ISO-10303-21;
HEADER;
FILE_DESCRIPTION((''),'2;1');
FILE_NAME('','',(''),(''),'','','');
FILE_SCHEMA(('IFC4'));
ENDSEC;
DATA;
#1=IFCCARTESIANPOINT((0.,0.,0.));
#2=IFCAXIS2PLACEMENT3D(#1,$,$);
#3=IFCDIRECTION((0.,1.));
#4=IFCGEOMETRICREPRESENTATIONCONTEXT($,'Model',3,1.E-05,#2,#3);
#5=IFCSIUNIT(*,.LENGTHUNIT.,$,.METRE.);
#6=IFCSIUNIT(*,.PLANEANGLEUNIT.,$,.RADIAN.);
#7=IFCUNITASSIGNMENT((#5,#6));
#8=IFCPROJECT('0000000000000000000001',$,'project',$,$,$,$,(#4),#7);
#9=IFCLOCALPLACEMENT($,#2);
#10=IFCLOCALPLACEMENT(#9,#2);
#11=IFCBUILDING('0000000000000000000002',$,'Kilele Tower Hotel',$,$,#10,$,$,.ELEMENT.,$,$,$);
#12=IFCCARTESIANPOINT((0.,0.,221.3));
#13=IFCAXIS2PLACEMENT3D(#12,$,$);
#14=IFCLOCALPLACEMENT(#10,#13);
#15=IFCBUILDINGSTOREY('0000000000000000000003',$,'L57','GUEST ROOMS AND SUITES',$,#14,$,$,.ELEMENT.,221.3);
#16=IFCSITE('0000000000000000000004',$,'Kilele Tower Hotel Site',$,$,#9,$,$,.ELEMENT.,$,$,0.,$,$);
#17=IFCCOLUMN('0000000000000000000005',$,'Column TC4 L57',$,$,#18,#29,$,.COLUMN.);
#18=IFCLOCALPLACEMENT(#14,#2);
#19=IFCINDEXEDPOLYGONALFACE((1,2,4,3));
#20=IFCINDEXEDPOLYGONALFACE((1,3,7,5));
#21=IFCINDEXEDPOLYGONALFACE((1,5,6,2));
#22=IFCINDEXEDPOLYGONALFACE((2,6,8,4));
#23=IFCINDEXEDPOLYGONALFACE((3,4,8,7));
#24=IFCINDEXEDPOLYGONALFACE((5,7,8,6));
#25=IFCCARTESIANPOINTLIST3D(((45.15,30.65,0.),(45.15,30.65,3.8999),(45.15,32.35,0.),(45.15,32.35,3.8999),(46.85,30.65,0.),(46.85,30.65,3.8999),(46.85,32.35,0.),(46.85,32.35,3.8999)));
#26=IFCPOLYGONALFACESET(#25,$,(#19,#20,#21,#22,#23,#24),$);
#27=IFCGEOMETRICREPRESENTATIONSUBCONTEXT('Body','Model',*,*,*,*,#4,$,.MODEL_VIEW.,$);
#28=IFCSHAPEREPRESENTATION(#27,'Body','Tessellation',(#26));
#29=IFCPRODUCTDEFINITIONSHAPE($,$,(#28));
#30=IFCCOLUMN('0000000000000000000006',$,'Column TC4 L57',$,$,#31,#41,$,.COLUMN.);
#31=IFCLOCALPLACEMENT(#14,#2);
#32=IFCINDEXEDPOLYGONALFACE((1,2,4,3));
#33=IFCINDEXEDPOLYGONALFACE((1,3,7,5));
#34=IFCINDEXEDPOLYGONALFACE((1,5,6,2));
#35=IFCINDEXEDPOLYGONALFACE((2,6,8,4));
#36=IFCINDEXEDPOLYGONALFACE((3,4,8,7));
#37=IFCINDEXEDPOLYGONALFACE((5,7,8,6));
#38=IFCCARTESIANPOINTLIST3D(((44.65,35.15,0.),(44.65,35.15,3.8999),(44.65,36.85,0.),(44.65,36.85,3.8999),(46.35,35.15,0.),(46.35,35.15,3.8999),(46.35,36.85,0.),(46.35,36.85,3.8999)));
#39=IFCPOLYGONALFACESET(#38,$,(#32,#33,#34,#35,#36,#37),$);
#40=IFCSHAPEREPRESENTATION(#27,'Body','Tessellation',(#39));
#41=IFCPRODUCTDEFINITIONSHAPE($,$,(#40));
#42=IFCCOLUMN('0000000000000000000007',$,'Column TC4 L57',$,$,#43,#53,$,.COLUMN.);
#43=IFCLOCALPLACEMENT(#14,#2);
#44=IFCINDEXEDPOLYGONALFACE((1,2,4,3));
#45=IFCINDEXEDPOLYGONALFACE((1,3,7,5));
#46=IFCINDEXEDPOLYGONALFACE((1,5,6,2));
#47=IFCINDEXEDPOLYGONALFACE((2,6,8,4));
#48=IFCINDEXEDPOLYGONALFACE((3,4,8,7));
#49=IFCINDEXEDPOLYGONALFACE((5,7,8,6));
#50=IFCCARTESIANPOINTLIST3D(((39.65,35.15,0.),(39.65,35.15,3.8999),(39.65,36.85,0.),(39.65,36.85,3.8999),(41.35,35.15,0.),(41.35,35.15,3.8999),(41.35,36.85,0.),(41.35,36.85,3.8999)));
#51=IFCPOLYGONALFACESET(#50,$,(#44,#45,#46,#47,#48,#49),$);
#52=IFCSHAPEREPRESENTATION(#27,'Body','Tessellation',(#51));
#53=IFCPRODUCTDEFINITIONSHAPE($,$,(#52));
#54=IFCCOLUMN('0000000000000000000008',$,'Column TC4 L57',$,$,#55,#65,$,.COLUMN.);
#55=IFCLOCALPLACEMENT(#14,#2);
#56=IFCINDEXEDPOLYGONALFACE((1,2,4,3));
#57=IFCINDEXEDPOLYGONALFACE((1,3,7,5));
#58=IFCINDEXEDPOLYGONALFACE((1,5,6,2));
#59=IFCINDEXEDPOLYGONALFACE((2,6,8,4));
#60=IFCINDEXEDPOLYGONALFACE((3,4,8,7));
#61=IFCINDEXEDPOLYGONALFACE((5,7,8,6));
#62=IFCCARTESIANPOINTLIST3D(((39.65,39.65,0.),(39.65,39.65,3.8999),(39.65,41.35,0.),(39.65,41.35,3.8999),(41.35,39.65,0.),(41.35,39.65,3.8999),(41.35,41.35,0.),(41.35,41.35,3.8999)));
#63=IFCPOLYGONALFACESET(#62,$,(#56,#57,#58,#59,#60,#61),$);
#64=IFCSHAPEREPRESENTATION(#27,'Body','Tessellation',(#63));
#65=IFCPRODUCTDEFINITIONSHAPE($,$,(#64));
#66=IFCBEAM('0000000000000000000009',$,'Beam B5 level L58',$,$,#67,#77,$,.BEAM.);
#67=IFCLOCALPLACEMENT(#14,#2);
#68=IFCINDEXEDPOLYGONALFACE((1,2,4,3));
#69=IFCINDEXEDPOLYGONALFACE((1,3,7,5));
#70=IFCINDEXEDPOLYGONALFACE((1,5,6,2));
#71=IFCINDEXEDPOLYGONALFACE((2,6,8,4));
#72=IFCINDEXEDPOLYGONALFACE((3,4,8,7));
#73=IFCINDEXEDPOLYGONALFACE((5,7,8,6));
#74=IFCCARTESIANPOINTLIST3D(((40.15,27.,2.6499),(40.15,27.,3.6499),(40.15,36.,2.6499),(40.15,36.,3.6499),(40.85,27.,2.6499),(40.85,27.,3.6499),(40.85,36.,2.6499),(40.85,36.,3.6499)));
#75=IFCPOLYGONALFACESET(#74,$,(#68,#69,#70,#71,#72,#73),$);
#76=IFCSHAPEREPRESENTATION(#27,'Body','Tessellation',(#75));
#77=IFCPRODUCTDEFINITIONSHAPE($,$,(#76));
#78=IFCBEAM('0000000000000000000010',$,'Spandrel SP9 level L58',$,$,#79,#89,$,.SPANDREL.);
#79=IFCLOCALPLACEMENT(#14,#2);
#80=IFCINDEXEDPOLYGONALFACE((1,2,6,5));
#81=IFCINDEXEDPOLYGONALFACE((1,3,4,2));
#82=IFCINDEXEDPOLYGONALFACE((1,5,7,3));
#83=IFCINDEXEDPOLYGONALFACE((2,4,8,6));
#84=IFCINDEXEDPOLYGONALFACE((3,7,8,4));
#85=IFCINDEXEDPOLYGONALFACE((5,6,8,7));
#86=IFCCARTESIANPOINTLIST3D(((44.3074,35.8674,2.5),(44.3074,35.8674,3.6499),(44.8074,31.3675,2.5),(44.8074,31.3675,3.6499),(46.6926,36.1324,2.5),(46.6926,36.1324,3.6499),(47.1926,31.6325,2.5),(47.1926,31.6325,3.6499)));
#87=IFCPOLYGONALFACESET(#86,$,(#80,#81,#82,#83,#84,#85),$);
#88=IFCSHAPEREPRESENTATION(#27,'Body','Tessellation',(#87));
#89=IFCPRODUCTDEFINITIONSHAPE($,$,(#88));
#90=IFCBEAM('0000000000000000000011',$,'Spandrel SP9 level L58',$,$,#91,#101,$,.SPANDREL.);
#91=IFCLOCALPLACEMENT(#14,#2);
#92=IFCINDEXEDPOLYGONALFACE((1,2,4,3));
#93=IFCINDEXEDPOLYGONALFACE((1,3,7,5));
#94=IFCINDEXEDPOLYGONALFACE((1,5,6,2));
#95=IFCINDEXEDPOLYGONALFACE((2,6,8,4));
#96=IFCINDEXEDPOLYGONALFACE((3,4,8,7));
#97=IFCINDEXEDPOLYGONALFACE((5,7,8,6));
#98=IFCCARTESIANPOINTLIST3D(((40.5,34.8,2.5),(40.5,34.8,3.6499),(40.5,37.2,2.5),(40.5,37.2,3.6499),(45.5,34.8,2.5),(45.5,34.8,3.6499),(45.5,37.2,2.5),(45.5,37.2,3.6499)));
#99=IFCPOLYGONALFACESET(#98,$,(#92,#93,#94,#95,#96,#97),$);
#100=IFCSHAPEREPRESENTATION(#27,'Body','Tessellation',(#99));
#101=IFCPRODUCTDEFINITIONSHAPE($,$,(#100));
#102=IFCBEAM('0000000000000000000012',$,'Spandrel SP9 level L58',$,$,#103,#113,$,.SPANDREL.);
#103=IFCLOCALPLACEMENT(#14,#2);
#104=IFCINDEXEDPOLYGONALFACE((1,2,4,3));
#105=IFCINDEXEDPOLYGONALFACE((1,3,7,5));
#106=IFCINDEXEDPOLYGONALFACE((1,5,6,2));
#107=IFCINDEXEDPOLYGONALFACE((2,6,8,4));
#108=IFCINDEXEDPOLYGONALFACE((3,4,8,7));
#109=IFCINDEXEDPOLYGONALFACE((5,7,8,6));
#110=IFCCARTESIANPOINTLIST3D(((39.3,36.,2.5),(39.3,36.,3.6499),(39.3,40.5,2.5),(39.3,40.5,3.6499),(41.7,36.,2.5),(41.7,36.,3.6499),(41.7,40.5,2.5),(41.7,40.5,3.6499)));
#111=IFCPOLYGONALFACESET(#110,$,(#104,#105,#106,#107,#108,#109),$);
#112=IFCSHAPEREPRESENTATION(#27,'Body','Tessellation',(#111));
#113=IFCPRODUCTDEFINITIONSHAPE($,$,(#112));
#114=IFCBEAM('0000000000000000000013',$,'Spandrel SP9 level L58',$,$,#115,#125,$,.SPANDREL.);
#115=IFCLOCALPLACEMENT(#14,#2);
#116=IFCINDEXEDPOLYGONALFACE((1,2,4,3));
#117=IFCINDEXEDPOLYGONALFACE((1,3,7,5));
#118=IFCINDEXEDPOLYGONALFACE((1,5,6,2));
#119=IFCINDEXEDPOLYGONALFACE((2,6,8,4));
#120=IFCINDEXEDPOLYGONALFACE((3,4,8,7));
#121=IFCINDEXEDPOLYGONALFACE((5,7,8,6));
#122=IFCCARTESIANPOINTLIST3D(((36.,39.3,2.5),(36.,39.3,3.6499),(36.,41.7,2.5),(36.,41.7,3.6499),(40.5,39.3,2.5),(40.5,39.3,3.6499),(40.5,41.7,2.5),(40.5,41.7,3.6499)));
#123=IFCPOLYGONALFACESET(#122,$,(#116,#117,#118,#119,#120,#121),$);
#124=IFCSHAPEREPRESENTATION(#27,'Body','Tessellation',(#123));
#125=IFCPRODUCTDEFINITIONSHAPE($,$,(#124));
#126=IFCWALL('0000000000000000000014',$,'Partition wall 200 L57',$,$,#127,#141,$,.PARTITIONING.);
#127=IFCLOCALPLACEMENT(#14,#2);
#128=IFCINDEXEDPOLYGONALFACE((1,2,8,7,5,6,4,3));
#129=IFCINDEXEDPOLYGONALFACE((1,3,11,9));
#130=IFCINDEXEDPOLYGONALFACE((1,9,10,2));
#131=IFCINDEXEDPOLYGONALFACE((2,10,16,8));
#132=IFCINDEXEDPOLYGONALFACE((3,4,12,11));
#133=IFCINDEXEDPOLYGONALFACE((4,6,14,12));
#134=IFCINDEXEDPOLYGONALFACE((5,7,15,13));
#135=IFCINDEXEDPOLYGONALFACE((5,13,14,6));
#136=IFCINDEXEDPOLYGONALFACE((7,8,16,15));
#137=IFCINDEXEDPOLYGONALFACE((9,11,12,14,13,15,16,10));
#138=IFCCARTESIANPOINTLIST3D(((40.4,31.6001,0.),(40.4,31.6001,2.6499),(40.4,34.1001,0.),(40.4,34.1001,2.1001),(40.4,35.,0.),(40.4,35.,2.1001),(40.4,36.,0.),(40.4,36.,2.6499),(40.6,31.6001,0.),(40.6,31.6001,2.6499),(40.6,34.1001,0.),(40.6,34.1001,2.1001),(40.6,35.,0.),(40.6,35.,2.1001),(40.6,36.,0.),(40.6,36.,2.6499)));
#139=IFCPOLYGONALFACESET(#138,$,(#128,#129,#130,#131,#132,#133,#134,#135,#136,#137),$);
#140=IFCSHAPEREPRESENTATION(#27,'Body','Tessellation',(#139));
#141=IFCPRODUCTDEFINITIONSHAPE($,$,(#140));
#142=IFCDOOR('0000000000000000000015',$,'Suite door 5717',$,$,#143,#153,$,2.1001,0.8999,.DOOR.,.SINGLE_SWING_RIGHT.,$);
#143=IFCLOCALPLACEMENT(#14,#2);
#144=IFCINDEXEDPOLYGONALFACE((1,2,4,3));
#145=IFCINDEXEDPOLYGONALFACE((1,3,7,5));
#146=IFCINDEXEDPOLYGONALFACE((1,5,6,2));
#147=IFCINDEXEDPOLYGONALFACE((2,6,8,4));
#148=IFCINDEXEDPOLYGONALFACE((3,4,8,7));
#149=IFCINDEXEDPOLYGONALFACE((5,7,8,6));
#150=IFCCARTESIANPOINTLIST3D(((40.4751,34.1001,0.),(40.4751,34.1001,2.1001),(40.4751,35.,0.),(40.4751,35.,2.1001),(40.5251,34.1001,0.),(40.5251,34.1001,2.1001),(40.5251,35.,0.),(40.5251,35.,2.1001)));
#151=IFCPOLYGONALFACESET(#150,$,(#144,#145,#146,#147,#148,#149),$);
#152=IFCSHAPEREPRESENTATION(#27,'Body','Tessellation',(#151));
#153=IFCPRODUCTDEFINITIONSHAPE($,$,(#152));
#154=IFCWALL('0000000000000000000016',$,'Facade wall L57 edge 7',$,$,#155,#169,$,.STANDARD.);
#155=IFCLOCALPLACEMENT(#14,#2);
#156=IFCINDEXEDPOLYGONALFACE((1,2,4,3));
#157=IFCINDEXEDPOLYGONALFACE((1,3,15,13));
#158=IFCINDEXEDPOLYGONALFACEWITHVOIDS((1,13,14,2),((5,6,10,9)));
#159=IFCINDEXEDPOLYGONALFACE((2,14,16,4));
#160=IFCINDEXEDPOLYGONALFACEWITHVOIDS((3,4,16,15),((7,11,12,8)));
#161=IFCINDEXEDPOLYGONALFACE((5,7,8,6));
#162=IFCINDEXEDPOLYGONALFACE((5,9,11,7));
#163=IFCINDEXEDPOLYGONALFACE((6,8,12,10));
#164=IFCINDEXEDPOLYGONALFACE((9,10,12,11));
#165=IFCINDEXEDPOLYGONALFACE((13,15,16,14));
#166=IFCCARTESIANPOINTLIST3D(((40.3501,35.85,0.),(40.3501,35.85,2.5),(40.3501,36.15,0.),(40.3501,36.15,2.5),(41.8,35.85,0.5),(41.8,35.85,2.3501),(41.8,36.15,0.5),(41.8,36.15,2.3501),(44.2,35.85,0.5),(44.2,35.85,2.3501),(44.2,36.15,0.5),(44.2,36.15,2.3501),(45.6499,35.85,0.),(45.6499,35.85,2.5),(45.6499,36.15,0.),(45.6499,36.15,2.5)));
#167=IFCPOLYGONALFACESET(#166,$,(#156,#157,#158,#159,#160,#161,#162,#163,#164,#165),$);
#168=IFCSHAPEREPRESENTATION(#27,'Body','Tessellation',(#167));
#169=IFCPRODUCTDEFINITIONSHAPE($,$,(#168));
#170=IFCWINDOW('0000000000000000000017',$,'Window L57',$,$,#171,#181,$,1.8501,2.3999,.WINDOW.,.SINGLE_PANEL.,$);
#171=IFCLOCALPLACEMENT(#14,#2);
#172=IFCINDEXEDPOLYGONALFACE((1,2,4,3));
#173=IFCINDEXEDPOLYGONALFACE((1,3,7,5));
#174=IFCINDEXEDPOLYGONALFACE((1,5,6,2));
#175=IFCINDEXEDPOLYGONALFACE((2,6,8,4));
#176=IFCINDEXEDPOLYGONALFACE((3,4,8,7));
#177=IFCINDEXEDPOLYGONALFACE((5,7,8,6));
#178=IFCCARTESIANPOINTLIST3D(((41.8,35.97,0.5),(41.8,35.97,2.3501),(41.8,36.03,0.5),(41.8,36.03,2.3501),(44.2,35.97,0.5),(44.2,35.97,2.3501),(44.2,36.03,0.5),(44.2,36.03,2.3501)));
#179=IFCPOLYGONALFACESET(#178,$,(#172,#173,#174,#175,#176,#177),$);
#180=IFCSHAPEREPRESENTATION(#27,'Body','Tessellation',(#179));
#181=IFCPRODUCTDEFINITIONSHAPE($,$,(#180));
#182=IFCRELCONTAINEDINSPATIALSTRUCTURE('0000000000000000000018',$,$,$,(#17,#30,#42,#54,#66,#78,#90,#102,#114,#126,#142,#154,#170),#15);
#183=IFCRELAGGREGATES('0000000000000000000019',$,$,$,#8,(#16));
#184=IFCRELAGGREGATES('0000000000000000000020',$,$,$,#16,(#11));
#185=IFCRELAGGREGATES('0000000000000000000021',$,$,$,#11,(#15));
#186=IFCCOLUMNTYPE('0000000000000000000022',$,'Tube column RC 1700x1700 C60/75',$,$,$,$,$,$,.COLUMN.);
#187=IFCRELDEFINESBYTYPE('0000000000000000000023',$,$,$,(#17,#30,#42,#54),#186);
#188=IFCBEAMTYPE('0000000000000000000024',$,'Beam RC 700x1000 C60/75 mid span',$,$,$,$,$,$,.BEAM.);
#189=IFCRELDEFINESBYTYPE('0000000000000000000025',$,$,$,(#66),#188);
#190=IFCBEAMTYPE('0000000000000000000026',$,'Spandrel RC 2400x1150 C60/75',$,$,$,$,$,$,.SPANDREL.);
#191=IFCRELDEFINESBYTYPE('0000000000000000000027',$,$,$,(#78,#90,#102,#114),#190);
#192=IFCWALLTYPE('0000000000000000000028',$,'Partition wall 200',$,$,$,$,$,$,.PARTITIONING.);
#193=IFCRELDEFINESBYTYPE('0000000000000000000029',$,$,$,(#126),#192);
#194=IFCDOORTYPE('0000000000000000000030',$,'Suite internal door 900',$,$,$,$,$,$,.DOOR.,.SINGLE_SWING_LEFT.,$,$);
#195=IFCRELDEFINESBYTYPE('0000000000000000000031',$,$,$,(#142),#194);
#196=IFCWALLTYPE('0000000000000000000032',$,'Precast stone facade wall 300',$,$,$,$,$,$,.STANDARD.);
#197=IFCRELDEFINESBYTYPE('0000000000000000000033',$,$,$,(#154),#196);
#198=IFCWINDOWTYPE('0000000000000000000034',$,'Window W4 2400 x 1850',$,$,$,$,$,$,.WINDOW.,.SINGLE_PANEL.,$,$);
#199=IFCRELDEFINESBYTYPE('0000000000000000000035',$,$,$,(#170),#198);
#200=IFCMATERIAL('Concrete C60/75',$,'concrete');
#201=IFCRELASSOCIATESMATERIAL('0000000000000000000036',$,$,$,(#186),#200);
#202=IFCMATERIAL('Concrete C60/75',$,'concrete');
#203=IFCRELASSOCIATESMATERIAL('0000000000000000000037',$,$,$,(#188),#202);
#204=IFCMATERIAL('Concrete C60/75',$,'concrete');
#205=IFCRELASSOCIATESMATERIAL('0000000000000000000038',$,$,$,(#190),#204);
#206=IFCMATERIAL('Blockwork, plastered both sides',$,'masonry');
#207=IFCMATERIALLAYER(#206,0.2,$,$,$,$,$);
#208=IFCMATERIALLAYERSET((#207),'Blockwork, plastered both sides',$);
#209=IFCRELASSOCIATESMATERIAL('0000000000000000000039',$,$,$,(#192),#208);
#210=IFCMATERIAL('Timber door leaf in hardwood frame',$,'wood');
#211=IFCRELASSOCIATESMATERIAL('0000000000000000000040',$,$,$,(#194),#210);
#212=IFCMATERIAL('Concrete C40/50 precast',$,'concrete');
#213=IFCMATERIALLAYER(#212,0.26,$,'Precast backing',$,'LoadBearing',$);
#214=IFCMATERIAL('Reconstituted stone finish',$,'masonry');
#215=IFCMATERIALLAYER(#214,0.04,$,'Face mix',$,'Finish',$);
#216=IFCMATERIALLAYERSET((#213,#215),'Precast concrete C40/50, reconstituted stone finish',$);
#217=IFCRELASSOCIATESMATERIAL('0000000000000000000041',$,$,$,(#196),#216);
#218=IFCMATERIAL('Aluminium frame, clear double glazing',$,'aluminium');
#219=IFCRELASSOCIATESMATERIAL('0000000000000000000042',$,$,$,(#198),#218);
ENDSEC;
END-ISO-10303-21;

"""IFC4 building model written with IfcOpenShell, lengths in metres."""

from ifc_helpers import new_model, si_unit, direction, frame, frame_2d, origin, origin_2d, place, context, subcontext, project, spatial, rectangle, extrude, material, layer, layer_set, material_profile, profile_set, type_object, element, fill, save


model = new_model("IFC4")

# Units and contexts
model_context = context("Model", 3, precision=1e-05, world=origin(), true_north=direction((0.0, 1.0)))
body_context = subcontext(model_context, "Body", "Model", "MODEL_VIEW")
ifc_project = project(units=[si_unit("LENGTHUNIT", "METRE"), si_unit("PLANEANGLEUNIT", "RADIAN")], contexts=[model_context])

# Site, building, storey
site_placement = place(None, origin())
site = spatial("IfcSite", under=ifc_project, at=site_placement, Name="Kilele Tower Hotel Site", CompositionType="ELEMENT", RefElevation=0.0)
building_placement = place(site_placement, origin())
building = spatial("IfcBuilding", under=site, at=building_placement, Name="Kilele Tower Hotel", CompositionType="ELEMENT")
storey_placement = place(building_placement, frame((0.0, 0.0, 221.3)))
storey = spatial("IfcBuildingStorey", under=building, at=storey_placement, Name="L57", Description="GUEST ROOMS AND SUITES", CompositionType="ELEMENT", Elevation=221.3)

# Columns
ifc_material_1 = material(Name="Concrete C60/75", Category="concrete")
ifc_material_profile_1 = material_profile(ifc_material_1, rectangle(XDim=1.7, YDim=1.7, at=origin_2d()))
ifc_profile_set_1 = profile_set([ifc_material_profile_1], Name="Concrete C60/75")
column_type = type_object("IfcColumnType", Name="Tube column RC 1700x1700 C60/75", PredefinedType="COLUMN", material=ifc_profile_set_1)
for number, where, z_axis, x_axis, name in (
    (1, (46.0, 31.5, 0.0), (0.0, 0.0, 1.0), (1.0, 0.0, 0.0), "Column TC4 L57"),
    (2, (45.5, 36.0, 0.0), (0.0, 0.0, 1.0), (1.0, 0.0, 0.0), "Column TC4 L57"),
    (3, (40.5, 36.0, 0.0), (0.0, 0.0, 1.0), (1.0, 0.0, 0.0), "Column TC4 L57"),
    (4, (40.5, 40.5, 0.0), (0.0, 0.0, 1.0), (1.0, 0.0, 0.0), "Column TC4 L57"),
):
    element("IfcColumn", number, at=place(storey_placement, frame(where, z_axis=z_axis, x_axis=x_axis)), inside=storey, type_object=column_type, Name=name, PredefinedType="COLUMN", context=body_context, shape_type="SweptSolid", body=[
        extrude(rectangle(XDim=1.7, YDim=1.7, at=origin_2d()), origin(), (0.0, 0.0, 1.0), 3.8999),
    ])

# Beams
ifc_material_2 = material(Name="Concrete C60/75", Category="concrete")
ifc_material_profile_2 = material_profile(ifc_material_2, rectangle(XDim=0.7, YDim=1.0, at=origin_2d()))
ifc_profile_set_2 = profile_set([ifc_material_profile_2], Name="Concrete C60/75")
beam_type_1 = type_object("IfcBeamType", Name="Beam RC 700x1000 C60/75 mid span", PredefinedType="BEAM", material=ifc_profile_set_2)
beam_1_placement = place(storey_placement, frame((40.5, 36.0, 3.1499), z_axis=(0.0, -1.0, 0.0), x_axis=(1.0, 0.0, 0.0)))
element("IfcBeam", 5, at=beam_1_placement, inside=storey, type_object=beam_type_1, Name="Beam B5 level L58", PredefinedType="BEAM", context=body_context, shape_type="SweptSolid", body=[
    extrude(rectangle(XDim=0.7, YDim=1.0, at=origin_2d()), origin(), (0.0, 0.0, 1.0), 9.0),
])
ifc_material_3 = material(Name="Concrete C60/75", Category="concrete")
ifc_material_profile_3 = material_profile(ifc_material_3, rectangle(XDim=2.3999, YDim=1.1499, at=origin_2d()))
ifc_profile_set_3 = profile_set([ifc_material_profile_3], Name="Concrete C60/75")
beam_type_2 = type_object("IfcBeamType", Name="Spandrel RC 2400x1150 C60/75", PredefinedType="SPANDREL", material=ifc_profile_set_3)
beam_2_placement = place(storey_placement, frame((46.0, 31.5, 3.075), z_axis=(-0.110432, 0.993884, 0.0), x_axis=(-0.993884, -0.110432, 0.0)))
element("IfcBeam", 6, at=beam_2_placement, inside=storey, type_object=beam_type_2, Name="Spandrel SP9 level L58", PredefinedType="SPANDREL", context=body_context, shape_type="SweptSolid", body=[
    extrude(rectangle(XDim=2.3999, YDim=1.1499, at=origin_2d()), origin(), (0.0, 0.0, 1.0), 4.5276),
])
beam_3_placement = place(storey_placement, frame((45.5, 36.0, 3.075), z_axis=(-1.0, 0.0, 0.0), x_axis=(0.0, -1.0, 0.0)))
element("IfcBeam", 7, at=beam_3_placement, inside=storey, type_object=beam_type_2, Name="Spandrel SP9 level L58", PredefinedType="SPANDREL", context=body_context, shape_type="SweptSolid", body=[
    extrude(rectangle(XDim=2.3999, YDim=1.1499, at=origin_2d()), origin(), (0.0, 0.0, 1.0), 5.0),
])
for number, where, z_axis, x_axis, name in (
    (8, (40.5, 36.0, 3.075), (0.0, 1.0, 0.0), (-1.0, 0.0, 0.0), "Spandrel SP9 level L58"),
    (9, (40.5, 40.5, 3.075), (-1.0, 0.0, 0.0), (0.0, -1.0, 0.0), "Spandrel SP9 level L58"),
):
    element("IfcBeam", number, at=place(storey_placement, frame(where, z_axis=z_axis, x_axis=x_axis)), inside=storey, type_object=beam_type_2, Name=name, PredefinedType="SPANDREL", context=body_context, shape_type="SweptSolid", body=[
        extrude(rectangle(XDim=2.3999, YDim=1.1499, at=origin_2d()), origin(), (0.0, 0.0, 1.0), 4.5),
    ])

# Wall, opening, door
ifc_material_4 = material(Name="Blockwork, plastered both sides", Category="masonry")
ifc_layer_1 = layer(ifc_material_4, 0.2)
ifc_layer_set_1 = layer_set([ifc_layer_1], Name="Blockwork, plastered both sides")
wall_type_1 = type_object("IfcWallType", Name="Partition wall 200", PredefinedType="PARTITIONING", material=ifc_layer_set_1)
wall_1_placement = place(storey_placement, frame((40.5, 31.6001, 0.0), z_axis=(0.0, 0.0, 1.0), x_axis=(0.0, 1.0, 0.0)))
wall_1 = element("IfcWall", 10, at=wall_1_placement, inside=storey, type_object=wall_type_1, Name="Partition wall 200 L57", PredefinedType="PARTITIONING", context=body_context, shape_type="SweptSolid", body=[
    extrude(rectangle(XDim=4.3999, YDim=0.2, at=frame_2d((2.2, 0.0))), origin(), (0.0, 0.0, 1.0), 2.6499),
])
opening_1_placement = place(wall_1_placement, frame((2.5, 0.0, 0.0)))
opening_1 = element("IfcOpeningElement", 11, at=opening_1_placement, cuts=wall_1, PredefinedType="OPENING", context=body_context, shape_type="SweptSolid", body=[
    extrude(rectangle(XDim=0.8999, YDim=2.1001, at=frame_2d((0.45, 1.05))), frame((0.0, 0.1099, 0.0), z_axis=(0.0, -1.0, 0.0), x_axis=(1.0, 0.0, 0.0)), (0.0, 0.0, 1.0), 0.22),
])
ifc_material_5 = material(Name="Timber door leaf in hardwood frame", Category="wood")
door_type = type_object("IfcDoorType", Name="Suite internal door 900", OperationType="SINGLE_SWING_LEFT", PredefinedType="DOOR", material=ifc_material_5)
door_placement = place(opening_1_placement, origin())
door = element("IfcDoor", 12, at=door_placement, inside=storey, type_object=door_type, Name="Suite door 5717", OperationType="SINGLE_SWING_RIGHT", OverallHeight=2.1001, OverallWidth=0.8999, PredefinedType="DOOR", context=body_context, shape_type="SweptSolid", body=[
    extrude(rectangle(XDim=0.8999, YDim=2.1001, at=frame_2d((0.45, 1.05))), frame((0.0, 0.0249, 0.0), z_axis=(0.0, -1.0, 0.0), x_axis=(1.0, 0.0, 0.0)), (0.0, 0.0, 1.0), 0.05),
])
fill(opening_1, door)

# Wall, opening, window
ifc_material_6 = material(Name="Concrete C40/50 precast", Category="concrete")
ifc_layer_2 = layer(ifc_material_6, 0.26, Name="Precast backing", Category="LoadBearing")
ifc_material_7 = material(Name="Reconstituted stone finish", Category="masonry")
ifc_layer_3 = layer(ifc_material_7, 0.04, Name="Face mix", Category="Finish")
ifc_layer_set_2 = layer_set([ifc_layer_2, ifc_layer_3], Name="Precast concrete C40/50, reconstituted stone finish")
wall_type_2 = type_object("IfcWallType", Name="Precast stone facade wall 300", PredefinedType="STANDARD", material=ifc_layer_set_2)
wall_2_placement = place(storey_placement, frame((45.6499, 36.0, 0.0), z_axis=(0.0, 0.0, 1.0), x_axis=(-1.0, 0.0, 0.0)))
wall_2 = element("IfcWall", 13, at=wall_2_placement, inside=storey, type_object=wall_type_2, Name="Facade wall L57 edge 7", PredefinedType="STANDARD", context=body_context, shape_type="SweptSolid", body=[
    extrude(rectangle(XDim=5.2998, YDim=0.3, at=frame_2d((2.6499, 0.0))), origin(), (0.0, 0.0, 1.0), 2.5),
])
opening_2_placement = place(wall_2_placement, frame((1.45, 0.0, 0.5)))
opening_2 = element("IfcOpeningElement", 14, at=opening_2_placement, cuts=wall_2, PredefinedType="OPENING", context=body_context, shape_type="SweptSolid", body=[
    extrude(rectangle(XDim=2.3999, YDim=1.8501, at=frame_2d((1.2, 0.925))), frame((0.0, 0.1599, 0.0), z_axis=(0.0, -1.0, 0.0), x_axis=(1.0, 0.0, 0.0)), (0.0, 0.0, 1.0), 0.3201),
])
ifc_material_8 = material(Name="Aluminium frame, clear double glazing", Category="aluminium")
window_type = type_object("IfcWindowType", Name="Window W4 2400 x 1850", PartitioningType="SINGLE_PANEL", PredefinedType="WINDOW", material=ifc_material_8)
window_1_placement = place(opening_2_placement, origin())
window_1 = element("IfcWindow", 15, at=window_1_placement, inside=storey, type_object=window_type, Name="Window L57", OverallHeight=1.8501, OverallWidth=2.3999, PartitioningType="SINGLE_PANEL", PredefinedType="WINDOW", context=body_context, shape_type="SweptSolid", body=[
    extrude(rectangle(XDim=2.3999, YDim=1.8501, at=frame_2d((1.2, 0.925))), frame((0.0, 0.03, 0.0), z_axis=(0.0, -1.0, 0.0), x_axis=(1.0, 0.0, 0.0)), (0.0, 0.0, 1.0), 0.0601),
])
fill(opening_2, window_1)

save(model, "model.ifc")
